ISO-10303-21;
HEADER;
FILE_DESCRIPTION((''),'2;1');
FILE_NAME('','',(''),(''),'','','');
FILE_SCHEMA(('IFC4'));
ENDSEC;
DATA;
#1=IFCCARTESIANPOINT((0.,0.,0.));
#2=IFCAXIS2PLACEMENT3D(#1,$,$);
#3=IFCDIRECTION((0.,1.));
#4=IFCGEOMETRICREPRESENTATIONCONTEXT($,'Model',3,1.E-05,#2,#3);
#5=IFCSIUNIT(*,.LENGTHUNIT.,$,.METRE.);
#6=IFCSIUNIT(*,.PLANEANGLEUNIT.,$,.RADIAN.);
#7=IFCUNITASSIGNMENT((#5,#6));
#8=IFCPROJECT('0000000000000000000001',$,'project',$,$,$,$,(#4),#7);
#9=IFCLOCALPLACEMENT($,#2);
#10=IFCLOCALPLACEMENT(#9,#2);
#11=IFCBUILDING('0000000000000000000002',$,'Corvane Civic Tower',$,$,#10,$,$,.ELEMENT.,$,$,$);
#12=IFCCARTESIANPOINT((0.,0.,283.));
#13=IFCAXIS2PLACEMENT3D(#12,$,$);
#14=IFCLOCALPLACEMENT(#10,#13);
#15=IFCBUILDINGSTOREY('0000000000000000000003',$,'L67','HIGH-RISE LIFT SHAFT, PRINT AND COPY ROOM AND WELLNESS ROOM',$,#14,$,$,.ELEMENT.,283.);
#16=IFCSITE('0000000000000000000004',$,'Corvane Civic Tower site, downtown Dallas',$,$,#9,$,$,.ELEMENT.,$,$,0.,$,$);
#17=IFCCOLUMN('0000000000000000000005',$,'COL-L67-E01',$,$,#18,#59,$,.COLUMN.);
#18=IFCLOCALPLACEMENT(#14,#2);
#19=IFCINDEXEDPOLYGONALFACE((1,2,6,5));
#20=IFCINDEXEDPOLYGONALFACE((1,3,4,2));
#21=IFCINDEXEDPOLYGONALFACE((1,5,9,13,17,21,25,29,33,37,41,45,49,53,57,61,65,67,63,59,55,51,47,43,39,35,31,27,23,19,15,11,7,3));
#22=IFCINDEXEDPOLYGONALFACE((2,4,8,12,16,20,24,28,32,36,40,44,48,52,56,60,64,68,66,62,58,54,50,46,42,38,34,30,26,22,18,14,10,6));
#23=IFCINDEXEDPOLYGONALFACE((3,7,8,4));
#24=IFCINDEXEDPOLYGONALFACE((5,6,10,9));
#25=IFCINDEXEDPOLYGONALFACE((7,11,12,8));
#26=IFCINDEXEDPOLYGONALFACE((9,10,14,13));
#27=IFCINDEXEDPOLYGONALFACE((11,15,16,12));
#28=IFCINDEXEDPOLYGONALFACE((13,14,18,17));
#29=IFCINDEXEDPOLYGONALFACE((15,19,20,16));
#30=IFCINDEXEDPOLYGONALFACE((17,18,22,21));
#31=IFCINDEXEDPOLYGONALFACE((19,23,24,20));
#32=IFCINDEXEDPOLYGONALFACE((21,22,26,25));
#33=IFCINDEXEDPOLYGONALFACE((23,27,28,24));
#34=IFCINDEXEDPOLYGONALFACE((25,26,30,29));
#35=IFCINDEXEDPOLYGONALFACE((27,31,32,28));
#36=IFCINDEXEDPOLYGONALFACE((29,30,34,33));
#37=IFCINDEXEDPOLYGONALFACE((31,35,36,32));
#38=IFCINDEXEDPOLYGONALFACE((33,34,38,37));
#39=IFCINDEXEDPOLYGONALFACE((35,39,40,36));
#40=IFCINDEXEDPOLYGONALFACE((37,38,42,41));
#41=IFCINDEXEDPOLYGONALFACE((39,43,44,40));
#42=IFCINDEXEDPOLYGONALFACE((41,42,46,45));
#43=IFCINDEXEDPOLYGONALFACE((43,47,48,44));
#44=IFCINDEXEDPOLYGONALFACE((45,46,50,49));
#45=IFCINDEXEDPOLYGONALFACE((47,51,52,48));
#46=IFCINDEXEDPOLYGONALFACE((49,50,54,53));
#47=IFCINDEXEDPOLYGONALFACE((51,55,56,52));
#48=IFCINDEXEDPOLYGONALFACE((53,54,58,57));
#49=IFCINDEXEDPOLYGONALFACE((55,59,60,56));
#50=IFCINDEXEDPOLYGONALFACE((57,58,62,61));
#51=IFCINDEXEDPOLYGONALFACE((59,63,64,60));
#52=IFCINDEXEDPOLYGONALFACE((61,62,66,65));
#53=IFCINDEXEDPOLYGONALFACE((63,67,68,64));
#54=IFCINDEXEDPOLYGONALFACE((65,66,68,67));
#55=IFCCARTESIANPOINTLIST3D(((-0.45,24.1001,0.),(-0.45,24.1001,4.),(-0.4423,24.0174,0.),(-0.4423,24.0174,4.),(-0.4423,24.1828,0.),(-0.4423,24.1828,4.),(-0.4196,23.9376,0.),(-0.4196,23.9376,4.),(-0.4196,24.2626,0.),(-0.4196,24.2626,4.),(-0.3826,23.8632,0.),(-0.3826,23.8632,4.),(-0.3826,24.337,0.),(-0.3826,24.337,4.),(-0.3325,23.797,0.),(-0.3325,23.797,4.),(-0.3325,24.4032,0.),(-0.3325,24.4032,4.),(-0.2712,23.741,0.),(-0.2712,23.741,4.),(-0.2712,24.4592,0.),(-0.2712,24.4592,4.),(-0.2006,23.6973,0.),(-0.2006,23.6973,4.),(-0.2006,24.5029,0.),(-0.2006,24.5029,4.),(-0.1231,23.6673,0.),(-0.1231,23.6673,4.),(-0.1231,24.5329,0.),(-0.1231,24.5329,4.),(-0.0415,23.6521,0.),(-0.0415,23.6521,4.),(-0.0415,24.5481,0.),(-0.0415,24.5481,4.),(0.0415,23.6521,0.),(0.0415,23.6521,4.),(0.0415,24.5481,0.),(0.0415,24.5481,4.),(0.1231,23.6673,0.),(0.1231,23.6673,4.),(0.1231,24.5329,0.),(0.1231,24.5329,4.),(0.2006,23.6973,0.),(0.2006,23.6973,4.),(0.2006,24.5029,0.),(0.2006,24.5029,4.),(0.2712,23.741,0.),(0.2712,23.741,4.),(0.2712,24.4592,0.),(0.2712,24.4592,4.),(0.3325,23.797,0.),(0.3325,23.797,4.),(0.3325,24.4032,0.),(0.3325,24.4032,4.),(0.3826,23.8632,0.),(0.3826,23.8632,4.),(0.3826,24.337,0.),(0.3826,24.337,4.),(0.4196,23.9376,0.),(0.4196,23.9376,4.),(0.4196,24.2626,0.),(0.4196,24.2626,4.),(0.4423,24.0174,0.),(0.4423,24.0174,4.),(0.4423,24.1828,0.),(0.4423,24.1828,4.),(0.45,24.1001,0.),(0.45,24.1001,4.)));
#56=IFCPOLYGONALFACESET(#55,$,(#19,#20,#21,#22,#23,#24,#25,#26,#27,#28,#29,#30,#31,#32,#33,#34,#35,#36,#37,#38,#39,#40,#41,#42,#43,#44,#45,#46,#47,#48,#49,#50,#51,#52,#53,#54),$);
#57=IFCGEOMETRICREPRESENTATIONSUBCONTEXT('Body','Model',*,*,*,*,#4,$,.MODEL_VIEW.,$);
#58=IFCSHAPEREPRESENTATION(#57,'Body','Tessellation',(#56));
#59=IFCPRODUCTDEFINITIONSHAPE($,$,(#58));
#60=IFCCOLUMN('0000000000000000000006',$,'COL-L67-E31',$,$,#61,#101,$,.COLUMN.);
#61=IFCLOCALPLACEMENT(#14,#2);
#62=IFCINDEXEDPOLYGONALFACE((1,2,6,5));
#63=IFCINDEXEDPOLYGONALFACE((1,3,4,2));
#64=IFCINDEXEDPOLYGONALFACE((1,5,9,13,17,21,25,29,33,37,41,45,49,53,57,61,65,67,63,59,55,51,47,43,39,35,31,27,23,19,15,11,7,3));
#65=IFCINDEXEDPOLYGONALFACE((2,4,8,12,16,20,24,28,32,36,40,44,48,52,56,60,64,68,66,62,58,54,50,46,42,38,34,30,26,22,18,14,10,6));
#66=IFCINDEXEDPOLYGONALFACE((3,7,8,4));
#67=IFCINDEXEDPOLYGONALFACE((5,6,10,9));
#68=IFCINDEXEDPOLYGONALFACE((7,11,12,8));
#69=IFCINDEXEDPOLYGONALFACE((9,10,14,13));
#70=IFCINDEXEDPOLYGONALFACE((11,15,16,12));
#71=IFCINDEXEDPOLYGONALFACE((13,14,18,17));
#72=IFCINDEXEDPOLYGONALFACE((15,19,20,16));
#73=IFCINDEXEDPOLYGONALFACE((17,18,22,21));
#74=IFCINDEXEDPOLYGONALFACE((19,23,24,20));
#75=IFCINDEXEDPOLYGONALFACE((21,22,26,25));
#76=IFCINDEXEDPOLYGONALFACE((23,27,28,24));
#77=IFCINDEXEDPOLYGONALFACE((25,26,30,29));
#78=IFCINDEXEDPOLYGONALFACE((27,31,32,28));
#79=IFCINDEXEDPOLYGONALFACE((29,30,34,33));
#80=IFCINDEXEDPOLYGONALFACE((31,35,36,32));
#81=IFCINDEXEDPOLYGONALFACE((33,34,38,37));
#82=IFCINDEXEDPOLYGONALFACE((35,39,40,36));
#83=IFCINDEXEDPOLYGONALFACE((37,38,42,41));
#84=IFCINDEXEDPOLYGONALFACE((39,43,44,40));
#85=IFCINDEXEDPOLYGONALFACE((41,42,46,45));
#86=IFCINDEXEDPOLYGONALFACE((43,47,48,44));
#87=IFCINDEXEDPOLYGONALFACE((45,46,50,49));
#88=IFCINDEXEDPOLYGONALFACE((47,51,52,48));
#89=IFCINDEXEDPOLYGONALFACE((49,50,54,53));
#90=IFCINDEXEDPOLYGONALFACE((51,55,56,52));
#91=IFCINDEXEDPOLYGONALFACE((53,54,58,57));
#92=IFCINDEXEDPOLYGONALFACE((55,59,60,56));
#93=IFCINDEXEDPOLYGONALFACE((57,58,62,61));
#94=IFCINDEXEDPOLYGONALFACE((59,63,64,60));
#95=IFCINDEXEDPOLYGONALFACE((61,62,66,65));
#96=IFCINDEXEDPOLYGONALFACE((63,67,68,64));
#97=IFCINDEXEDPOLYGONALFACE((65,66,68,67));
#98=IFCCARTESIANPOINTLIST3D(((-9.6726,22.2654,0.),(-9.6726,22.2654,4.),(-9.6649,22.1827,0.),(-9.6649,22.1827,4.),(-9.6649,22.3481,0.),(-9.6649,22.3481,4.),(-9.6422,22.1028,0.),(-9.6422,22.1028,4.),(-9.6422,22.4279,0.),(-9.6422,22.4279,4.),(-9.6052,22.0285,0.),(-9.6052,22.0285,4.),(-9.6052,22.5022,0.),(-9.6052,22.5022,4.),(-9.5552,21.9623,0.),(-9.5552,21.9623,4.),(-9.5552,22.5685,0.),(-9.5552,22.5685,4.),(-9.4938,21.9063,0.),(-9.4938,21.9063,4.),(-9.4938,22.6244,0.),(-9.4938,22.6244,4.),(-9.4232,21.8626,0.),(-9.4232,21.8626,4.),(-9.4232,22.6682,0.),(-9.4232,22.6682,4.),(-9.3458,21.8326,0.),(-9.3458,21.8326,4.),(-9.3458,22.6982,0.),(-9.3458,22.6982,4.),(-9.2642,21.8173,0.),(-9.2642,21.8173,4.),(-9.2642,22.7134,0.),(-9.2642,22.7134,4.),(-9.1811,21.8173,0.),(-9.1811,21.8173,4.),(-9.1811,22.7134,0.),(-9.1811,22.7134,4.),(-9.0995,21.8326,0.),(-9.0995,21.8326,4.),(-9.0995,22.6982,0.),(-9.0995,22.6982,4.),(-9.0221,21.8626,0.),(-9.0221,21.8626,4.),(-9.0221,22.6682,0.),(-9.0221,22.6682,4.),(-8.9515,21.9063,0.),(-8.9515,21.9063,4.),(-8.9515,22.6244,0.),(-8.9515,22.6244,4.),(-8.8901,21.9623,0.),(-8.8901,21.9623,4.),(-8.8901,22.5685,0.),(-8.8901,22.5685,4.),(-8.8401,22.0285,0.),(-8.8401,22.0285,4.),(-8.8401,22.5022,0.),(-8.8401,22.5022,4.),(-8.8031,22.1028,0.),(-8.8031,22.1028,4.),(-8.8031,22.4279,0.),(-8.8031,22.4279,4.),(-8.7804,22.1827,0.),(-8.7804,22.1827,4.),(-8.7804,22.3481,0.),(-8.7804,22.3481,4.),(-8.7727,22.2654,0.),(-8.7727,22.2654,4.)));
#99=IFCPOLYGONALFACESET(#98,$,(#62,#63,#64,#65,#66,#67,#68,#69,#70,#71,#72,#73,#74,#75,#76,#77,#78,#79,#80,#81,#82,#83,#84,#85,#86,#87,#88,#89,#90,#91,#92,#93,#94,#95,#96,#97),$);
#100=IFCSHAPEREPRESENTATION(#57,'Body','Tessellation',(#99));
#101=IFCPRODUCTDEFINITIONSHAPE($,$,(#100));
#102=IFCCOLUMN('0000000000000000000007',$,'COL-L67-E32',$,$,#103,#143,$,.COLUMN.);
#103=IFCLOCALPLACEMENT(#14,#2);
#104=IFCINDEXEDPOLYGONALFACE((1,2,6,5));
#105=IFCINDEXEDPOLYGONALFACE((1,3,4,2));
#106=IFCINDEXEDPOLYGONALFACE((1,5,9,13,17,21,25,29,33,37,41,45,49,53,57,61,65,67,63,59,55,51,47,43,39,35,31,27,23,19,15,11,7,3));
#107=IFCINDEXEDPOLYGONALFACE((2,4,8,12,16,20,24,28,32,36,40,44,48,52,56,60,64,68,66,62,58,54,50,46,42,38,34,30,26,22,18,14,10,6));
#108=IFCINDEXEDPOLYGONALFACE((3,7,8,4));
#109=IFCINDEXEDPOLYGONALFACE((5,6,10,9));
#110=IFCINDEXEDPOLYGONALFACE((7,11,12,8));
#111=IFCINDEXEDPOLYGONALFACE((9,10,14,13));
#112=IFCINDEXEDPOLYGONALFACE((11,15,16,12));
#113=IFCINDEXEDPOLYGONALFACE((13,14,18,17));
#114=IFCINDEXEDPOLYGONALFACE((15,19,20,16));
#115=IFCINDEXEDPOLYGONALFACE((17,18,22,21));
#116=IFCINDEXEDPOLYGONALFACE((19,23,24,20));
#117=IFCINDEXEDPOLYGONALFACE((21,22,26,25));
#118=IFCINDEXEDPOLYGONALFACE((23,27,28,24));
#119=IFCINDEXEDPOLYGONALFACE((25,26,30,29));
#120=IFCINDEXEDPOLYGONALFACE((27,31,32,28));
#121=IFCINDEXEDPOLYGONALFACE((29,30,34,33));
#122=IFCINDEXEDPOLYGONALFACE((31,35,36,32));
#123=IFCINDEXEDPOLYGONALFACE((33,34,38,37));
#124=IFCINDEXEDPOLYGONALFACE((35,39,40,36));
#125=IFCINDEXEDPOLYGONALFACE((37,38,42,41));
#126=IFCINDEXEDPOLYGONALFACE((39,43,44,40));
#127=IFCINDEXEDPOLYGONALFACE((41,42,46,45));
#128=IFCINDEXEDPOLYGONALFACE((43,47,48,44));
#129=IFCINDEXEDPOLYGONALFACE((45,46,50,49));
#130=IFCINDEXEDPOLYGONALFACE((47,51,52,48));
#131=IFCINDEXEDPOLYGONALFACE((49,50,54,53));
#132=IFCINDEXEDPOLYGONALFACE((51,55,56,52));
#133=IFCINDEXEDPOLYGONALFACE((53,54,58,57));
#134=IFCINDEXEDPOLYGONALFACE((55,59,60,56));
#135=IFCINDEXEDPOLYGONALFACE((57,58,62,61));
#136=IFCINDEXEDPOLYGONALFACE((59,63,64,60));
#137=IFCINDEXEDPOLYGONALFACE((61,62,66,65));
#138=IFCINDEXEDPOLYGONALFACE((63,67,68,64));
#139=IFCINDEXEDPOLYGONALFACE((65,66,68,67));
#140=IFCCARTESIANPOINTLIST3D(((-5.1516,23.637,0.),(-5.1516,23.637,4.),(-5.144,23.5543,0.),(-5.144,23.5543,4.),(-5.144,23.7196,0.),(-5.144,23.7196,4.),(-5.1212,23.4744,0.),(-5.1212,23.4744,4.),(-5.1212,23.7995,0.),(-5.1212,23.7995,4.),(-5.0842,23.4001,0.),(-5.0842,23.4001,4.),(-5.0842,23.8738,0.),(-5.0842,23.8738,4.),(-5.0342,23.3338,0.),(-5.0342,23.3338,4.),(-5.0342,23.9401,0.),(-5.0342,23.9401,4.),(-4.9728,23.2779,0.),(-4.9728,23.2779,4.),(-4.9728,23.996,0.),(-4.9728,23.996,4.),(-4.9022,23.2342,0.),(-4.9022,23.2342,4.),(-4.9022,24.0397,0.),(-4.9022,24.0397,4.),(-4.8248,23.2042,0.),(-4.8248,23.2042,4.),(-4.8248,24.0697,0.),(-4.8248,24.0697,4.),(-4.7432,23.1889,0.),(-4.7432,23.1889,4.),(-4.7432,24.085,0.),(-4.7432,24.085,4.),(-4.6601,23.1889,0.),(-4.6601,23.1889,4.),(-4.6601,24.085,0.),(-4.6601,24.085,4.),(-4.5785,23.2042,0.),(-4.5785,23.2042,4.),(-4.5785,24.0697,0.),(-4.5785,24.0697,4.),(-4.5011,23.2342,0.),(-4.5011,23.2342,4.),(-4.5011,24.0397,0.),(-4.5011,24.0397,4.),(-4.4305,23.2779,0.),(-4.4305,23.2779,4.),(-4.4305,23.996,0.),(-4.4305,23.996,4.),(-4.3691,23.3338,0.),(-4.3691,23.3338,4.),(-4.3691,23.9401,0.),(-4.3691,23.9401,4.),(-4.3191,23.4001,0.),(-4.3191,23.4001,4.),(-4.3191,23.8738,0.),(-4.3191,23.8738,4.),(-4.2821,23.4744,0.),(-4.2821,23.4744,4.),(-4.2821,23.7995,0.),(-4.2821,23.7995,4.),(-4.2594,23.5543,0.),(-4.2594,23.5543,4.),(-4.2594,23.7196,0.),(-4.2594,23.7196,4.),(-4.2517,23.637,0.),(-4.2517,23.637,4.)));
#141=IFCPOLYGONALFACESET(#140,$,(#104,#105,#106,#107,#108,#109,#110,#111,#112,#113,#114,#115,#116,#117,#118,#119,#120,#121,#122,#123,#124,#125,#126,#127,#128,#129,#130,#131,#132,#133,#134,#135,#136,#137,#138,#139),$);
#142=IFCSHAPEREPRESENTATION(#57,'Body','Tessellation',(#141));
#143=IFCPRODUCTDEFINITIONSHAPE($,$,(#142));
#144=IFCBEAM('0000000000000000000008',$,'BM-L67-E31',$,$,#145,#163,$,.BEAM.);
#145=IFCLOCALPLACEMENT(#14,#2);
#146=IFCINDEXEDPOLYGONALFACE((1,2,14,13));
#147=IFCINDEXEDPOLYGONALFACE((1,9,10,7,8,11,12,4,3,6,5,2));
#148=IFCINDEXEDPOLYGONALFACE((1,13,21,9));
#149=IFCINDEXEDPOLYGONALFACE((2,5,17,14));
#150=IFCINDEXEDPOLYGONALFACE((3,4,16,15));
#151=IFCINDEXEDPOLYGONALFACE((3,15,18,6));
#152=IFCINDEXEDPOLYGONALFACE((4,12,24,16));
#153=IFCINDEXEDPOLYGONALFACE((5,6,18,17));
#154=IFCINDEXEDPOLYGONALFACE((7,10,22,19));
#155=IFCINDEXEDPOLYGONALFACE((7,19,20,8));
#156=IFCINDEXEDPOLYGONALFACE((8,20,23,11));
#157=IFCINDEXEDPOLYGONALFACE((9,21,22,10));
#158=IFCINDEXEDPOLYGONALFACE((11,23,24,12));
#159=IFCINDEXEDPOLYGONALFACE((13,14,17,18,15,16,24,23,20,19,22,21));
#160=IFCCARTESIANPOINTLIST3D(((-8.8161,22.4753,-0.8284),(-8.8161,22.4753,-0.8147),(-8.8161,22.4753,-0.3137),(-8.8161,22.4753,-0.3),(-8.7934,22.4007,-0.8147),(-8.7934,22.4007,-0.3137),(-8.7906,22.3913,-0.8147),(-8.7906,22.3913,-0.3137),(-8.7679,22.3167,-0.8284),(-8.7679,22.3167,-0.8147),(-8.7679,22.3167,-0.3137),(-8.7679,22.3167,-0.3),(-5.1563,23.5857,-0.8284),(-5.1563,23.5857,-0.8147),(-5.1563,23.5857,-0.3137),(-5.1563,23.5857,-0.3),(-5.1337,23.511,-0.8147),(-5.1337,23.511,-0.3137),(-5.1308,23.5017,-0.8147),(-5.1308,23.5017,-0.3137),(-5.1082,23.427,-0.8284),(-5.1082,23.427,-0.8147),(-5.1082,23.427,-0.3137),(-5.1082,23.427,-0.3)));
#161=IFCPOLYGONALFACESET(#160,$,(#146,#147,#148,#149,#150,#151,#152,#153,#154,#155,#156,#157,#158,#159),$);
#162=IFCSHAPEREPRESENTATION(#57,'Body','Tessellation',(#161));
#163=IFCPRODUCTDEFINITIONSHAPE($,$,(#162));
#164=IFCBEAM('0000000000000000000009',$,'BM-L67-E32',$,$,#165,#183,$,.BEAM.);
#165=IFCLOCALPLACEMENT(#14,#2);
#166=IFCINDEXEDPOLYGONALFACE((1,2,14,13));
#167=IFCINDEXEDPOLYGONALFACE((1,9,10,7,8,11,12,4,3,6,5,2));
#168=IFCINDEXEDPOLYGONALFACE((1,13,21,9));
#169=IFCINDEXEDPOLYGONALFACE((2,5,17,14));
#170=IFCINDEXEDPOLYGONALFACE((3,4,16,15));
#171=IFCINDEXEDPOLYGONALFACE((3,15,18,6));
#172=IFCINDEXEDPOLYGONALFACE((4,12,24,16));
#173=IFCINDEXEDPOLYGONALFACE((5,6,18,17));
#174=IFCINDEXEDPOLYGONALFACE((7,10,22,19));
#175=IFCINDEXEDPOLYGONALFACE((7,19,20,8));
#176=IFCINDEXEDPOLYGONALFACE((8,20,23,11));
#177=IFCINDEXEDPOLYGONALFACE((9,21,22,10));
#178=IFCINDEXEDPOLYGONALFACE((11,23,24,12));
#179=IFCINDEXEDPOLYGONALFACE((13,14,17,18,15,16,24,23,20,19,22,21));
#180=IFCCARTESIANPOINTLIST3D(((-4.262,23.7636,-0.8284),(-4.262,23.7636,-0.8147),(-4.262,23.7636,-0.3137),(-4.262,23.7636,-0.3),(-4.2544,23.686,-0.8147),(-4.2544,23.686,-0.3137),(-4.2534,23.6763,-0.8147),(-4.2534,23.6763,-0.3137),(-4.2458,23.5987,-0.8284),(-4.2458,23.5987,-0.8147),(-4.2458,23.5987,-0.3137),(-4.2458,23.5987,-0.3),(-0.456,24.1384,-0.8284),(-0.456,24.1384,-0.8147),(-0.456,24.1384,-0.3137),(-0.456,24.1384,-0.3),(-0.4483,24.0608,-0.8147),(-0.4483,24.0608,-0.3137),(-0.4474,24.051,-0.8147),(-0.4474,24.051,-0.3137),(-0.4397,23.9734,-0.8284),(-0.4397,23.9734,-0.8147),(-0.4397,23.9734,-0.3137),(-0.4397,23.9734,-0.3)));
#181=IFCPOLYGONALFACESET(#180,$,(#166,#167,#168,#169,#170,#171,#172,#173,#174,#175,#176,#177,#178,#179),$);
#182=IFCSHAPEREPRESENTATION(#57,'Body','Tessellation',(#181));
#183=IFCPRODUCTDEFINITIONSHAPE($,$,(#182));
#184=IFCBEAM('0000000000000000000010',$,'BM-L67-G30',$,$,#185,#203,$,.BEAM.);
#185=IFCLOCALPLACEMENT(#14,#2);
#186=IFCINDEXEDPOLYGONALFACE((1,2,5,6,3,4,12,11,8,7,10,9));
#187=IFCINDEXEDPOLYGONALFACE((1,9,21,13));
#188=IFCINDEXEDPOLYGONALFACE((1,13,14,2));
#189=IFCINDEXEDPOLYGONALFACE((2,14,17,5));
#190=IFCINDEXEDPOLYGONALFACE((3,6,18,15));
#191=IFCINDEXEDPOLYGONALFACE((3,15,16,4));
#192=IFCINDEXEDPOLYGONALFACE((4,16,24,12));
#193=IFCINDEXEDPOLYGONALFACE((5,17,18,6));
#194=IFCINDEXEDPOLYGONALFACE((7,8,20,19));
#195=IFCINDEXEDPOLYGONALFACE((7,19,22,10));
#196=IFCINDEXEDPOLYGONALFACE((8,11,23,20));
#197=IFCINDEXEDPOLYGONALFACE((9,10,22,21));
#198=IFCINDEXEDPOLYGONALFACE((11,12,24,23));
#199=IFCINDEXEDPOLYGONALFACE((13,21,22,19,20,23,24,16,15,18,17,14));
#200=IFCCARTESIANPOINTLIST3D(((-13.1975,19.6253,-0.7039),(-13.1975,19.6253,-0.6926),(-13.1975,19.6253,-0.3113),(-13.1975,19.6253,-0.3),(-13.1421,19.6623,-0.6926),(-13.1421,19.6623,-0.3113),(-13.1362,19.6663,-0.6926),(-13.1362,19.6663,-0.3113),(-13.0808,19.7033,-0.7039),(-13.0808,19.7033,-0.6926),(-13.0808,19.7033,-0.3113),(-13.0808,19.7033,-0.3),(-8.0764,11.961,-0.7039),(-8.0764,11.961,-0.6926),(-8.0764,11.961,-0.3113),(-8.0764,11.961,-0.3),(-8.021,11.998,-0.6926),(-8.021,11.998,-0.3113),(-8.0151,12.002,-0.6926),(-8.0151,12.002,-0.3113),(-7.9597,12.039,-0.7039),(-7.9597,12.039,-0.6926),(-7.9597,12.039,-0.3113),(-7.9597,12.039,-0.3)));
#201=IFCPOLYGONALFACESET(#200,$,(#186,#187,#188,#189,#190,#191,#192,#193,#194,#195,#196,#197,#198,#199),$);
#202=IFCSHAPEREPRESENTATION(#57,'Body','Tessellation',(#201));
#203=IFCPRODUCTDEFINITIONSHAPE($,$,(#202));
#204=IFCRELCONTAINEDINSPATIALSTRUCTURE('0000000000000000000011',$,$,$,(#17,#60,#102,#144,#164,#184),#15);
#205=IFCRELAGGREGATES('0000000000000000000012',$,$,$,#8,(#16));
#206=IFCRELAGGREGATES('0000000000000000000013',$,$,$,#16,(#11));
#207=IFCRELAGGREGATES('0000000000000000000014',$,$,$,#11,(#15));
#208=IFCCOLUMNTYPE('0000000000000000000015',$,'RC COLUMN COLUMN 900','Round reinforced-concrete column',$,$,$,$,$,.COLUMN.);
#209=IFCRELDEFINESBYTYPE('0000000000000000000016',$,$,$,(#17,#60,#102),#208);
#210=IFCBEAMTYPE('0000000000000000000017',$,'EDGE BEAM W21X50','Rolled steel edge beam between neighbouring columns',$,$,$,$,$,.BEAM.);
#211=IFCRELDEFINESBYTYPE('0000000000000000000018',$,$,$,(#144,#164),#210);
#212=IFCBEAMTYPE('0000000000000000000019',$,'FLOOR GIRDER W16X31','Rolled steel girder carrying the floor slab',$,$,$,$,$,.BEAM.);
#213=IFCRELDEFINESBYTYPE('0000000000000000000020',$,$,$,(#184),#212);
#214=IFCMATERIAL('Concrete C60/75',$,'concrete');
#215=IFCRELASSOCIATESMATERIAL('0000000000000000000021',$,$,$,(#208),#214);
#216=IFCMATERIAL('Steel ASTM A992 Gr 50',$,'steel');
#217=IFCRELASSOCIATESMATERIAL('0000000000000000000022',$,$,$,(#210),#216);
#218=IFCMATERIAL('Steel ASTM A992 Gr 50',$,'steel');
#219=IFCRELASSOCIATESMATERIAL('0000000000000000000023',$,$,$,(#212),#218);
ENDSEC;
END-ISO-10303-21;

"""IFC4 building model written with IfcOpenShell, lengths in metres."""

from ifc_helpers import new_model, si_unit, direction, frame, origin, origin_2d, place, context, subcontext, project, spatial, circle, i_section, extrude, material, material_profile, profile_set, type_object, element, save


model = new_model("IFC4")

# Units and contexts
model_context = context("Model", 3, precision=1e-05, world=origin(), true_north=direction((0.0, 1.0)))
body_context = subcontext(model_context, "Body", "Model", "MODEL_VIEW")
ifc_project = project(units=[si_unit("LENGTHUNIT", "METRE"), si_unit("PLANEANGLEUNIT", "RADIAN")], contexts=[model_context])

# Site, building, storey
site_placement = place(None, origin())
site = spatial("IfcSite", under=ifc_project, at=site_placement, Name="Corvane Civic Tower site, downtown Dallas", CompositionType="ELEMENT", RefElevation=0.0)
building_placement = place(site_placement, origin())
building = spatial("IfcBuilding", under=site, at=building_placement, Name="Corvane Civic Tower", CompositionType="ELEMENT")
storey_placement = place(building_placement, frame((0.0, 0.0, 283.0)))
storey = spatial("IfcBuildingStorey", under=building, at=storey_placement, Name="L67", Description="HIGH-RISE LIFT SHAFT, PRINT AND COPY ROOM AND WELLNESS ROOM", CompositionType="ELEMENT", Elevation=283.0)

# Columns
ifc_material_1 = material(Name="Concrete C60/75", Category="concrete")
ifc_material_profile_1 = material_profile(ifc_material_1, circle(Radius=0.45, at=origin_2d()), Name="COLUMN 900")
ifc_profile_set_1 = profile_set([ifc_material_profile_1], Name="Concrete C60/75")
column_type = type_object("IfcColumnType", Name="RC COLUMN COLUMN 900", Description="Round reinforced-concrete column", PredefinedType="COLUMN", material=ifc_profile_set_1)
for number, where, z_axis, x_axis, name in (
    (1, (0.0, 24.1001, 0.0), (0.0, 0.0, 1.0), (1.0, 0.0, 0.0), "COL-L67-E01"),
    (2, (-9.2227, 22.2654, 0.0), (0.0, 0.0, 1.0), (1.0, 0.0, 0.0), "COL-L67-E31"),
    (3, (-4.7017, 23.637, 0.0), (0.0, 0.0, 1.0), (1.0, 0.0, 0.0), "COL-L67-E32"),
):
    element("IfcColumn", number, at=place(storey_placement, frame(where, z_axis=z_axis, x_axis=x_axis)), inside=storey, type_object=column_type, Name=name, PredefinedType="COLUMN", context=body_context, shape_type="SweptSolid", body=[
        extrude(circle(Radius=0.45, at=origin_2d()), origin(), (0.0, 0.0, 1.0), 4.0),
    ])

# Beams
ifc_material_2 = material(Name="Steel ASTM A992 Gr 50", Category="steel")
ifc_material_profile_2 = material_profile(ifc_material_2, i_section(OverallWidth=0.1658, OverallDepth=0.5283, WebThickness=0.0098, FlangeThickness=0.0137, at=origin_2d()), Name="W21X50")
ifc_profile_set_2 = profile_set([ifc_material_profile_2], Name="Steel ASTM A992 Gr 50")
beam_type_1 = type_object("IfcBeamType", Name="EDGE BEAM W21X50", Description="Rolled steel edge beam between neighbouring columns", PredefinedType="BEAM", material=ifc_profile_set_2)
for number, where, z_axis, x_axis, name in (
    (4, (-8.792, 22.396, -0.5642), (0.956926, 0.290333, 0.0), (-0.290333, 0.956926, 0.0), "BM-L67-E31"),
    (5, (-4.2539, 23.6812, -0.5642), (0.995188, 0.097987, 0.0), (-0.097987, 0.995188, 0.0), "BM-L67-E32"),
):
    element("IfcBeam", number, at=place(storey_placement, frame(where, z_axis=z_axis, x_axis=x_axis)), inside=storey, type_object=beam_type_1, Name=name, PredefinedType="BEAM", context=body_context, shape_type="SweptSolid", body=[
        extrude(i_section(OverallWidth=0.1658, OverallDepth=0.5283, WebThickness=0.0098, FlangeThickness=0.0137, at=origin_2d()), origin(), (0.0, 0.0, 1.0), 3.8245),
    ])
ifc_material_3 = material(Name="Steel ASTM A992 Gr 50", Category="steel")
ifc_material_profile_3 = material_profile(ifc_material_3, i_section(OverallWidth=0.1404, OverallDepth=0.4038, WebThickness=0.0071, FlangeThickness=0.0112, at=origin_2d()), Name="W16X31")
ifc_profile_set_3 = profile_set([ifc_material_profile_3], Name="Steel ASTM A992 Gr 50")
beam_type_2 = type_object("IfcBeamType", Name="FLOOR GIRDER W16X31", Description="Rolled steel girder carrying the floor slab", PredefinedType="BEAM", material=ifc_profile_set_3)
beam_1_placement = place(storey_placement, frame((-8.0181, 12.0, -0.502), z_axis=(-0.555568, 0.831471, 0.0), x_axis=(-0.831471, -0.555568, 0.0)))
element("IfcBeam", 6, at=beam_1_placement, inside=storey, type_object=beam_type_2, Name="BM-L67-G30", PredefinedType="BEAM", context=body_context, shape_type="SweptSolid", body=[
    extrude(i_section(OverallWidth=0.1404, OverallDepth=0.4038, WebThickness=0.0071, FlangeThickness=0.0112, at=origin_2d()), origin(), (0.0, 0.0, 1.0), 9.2178),
])

save(model, "model.ifc")
